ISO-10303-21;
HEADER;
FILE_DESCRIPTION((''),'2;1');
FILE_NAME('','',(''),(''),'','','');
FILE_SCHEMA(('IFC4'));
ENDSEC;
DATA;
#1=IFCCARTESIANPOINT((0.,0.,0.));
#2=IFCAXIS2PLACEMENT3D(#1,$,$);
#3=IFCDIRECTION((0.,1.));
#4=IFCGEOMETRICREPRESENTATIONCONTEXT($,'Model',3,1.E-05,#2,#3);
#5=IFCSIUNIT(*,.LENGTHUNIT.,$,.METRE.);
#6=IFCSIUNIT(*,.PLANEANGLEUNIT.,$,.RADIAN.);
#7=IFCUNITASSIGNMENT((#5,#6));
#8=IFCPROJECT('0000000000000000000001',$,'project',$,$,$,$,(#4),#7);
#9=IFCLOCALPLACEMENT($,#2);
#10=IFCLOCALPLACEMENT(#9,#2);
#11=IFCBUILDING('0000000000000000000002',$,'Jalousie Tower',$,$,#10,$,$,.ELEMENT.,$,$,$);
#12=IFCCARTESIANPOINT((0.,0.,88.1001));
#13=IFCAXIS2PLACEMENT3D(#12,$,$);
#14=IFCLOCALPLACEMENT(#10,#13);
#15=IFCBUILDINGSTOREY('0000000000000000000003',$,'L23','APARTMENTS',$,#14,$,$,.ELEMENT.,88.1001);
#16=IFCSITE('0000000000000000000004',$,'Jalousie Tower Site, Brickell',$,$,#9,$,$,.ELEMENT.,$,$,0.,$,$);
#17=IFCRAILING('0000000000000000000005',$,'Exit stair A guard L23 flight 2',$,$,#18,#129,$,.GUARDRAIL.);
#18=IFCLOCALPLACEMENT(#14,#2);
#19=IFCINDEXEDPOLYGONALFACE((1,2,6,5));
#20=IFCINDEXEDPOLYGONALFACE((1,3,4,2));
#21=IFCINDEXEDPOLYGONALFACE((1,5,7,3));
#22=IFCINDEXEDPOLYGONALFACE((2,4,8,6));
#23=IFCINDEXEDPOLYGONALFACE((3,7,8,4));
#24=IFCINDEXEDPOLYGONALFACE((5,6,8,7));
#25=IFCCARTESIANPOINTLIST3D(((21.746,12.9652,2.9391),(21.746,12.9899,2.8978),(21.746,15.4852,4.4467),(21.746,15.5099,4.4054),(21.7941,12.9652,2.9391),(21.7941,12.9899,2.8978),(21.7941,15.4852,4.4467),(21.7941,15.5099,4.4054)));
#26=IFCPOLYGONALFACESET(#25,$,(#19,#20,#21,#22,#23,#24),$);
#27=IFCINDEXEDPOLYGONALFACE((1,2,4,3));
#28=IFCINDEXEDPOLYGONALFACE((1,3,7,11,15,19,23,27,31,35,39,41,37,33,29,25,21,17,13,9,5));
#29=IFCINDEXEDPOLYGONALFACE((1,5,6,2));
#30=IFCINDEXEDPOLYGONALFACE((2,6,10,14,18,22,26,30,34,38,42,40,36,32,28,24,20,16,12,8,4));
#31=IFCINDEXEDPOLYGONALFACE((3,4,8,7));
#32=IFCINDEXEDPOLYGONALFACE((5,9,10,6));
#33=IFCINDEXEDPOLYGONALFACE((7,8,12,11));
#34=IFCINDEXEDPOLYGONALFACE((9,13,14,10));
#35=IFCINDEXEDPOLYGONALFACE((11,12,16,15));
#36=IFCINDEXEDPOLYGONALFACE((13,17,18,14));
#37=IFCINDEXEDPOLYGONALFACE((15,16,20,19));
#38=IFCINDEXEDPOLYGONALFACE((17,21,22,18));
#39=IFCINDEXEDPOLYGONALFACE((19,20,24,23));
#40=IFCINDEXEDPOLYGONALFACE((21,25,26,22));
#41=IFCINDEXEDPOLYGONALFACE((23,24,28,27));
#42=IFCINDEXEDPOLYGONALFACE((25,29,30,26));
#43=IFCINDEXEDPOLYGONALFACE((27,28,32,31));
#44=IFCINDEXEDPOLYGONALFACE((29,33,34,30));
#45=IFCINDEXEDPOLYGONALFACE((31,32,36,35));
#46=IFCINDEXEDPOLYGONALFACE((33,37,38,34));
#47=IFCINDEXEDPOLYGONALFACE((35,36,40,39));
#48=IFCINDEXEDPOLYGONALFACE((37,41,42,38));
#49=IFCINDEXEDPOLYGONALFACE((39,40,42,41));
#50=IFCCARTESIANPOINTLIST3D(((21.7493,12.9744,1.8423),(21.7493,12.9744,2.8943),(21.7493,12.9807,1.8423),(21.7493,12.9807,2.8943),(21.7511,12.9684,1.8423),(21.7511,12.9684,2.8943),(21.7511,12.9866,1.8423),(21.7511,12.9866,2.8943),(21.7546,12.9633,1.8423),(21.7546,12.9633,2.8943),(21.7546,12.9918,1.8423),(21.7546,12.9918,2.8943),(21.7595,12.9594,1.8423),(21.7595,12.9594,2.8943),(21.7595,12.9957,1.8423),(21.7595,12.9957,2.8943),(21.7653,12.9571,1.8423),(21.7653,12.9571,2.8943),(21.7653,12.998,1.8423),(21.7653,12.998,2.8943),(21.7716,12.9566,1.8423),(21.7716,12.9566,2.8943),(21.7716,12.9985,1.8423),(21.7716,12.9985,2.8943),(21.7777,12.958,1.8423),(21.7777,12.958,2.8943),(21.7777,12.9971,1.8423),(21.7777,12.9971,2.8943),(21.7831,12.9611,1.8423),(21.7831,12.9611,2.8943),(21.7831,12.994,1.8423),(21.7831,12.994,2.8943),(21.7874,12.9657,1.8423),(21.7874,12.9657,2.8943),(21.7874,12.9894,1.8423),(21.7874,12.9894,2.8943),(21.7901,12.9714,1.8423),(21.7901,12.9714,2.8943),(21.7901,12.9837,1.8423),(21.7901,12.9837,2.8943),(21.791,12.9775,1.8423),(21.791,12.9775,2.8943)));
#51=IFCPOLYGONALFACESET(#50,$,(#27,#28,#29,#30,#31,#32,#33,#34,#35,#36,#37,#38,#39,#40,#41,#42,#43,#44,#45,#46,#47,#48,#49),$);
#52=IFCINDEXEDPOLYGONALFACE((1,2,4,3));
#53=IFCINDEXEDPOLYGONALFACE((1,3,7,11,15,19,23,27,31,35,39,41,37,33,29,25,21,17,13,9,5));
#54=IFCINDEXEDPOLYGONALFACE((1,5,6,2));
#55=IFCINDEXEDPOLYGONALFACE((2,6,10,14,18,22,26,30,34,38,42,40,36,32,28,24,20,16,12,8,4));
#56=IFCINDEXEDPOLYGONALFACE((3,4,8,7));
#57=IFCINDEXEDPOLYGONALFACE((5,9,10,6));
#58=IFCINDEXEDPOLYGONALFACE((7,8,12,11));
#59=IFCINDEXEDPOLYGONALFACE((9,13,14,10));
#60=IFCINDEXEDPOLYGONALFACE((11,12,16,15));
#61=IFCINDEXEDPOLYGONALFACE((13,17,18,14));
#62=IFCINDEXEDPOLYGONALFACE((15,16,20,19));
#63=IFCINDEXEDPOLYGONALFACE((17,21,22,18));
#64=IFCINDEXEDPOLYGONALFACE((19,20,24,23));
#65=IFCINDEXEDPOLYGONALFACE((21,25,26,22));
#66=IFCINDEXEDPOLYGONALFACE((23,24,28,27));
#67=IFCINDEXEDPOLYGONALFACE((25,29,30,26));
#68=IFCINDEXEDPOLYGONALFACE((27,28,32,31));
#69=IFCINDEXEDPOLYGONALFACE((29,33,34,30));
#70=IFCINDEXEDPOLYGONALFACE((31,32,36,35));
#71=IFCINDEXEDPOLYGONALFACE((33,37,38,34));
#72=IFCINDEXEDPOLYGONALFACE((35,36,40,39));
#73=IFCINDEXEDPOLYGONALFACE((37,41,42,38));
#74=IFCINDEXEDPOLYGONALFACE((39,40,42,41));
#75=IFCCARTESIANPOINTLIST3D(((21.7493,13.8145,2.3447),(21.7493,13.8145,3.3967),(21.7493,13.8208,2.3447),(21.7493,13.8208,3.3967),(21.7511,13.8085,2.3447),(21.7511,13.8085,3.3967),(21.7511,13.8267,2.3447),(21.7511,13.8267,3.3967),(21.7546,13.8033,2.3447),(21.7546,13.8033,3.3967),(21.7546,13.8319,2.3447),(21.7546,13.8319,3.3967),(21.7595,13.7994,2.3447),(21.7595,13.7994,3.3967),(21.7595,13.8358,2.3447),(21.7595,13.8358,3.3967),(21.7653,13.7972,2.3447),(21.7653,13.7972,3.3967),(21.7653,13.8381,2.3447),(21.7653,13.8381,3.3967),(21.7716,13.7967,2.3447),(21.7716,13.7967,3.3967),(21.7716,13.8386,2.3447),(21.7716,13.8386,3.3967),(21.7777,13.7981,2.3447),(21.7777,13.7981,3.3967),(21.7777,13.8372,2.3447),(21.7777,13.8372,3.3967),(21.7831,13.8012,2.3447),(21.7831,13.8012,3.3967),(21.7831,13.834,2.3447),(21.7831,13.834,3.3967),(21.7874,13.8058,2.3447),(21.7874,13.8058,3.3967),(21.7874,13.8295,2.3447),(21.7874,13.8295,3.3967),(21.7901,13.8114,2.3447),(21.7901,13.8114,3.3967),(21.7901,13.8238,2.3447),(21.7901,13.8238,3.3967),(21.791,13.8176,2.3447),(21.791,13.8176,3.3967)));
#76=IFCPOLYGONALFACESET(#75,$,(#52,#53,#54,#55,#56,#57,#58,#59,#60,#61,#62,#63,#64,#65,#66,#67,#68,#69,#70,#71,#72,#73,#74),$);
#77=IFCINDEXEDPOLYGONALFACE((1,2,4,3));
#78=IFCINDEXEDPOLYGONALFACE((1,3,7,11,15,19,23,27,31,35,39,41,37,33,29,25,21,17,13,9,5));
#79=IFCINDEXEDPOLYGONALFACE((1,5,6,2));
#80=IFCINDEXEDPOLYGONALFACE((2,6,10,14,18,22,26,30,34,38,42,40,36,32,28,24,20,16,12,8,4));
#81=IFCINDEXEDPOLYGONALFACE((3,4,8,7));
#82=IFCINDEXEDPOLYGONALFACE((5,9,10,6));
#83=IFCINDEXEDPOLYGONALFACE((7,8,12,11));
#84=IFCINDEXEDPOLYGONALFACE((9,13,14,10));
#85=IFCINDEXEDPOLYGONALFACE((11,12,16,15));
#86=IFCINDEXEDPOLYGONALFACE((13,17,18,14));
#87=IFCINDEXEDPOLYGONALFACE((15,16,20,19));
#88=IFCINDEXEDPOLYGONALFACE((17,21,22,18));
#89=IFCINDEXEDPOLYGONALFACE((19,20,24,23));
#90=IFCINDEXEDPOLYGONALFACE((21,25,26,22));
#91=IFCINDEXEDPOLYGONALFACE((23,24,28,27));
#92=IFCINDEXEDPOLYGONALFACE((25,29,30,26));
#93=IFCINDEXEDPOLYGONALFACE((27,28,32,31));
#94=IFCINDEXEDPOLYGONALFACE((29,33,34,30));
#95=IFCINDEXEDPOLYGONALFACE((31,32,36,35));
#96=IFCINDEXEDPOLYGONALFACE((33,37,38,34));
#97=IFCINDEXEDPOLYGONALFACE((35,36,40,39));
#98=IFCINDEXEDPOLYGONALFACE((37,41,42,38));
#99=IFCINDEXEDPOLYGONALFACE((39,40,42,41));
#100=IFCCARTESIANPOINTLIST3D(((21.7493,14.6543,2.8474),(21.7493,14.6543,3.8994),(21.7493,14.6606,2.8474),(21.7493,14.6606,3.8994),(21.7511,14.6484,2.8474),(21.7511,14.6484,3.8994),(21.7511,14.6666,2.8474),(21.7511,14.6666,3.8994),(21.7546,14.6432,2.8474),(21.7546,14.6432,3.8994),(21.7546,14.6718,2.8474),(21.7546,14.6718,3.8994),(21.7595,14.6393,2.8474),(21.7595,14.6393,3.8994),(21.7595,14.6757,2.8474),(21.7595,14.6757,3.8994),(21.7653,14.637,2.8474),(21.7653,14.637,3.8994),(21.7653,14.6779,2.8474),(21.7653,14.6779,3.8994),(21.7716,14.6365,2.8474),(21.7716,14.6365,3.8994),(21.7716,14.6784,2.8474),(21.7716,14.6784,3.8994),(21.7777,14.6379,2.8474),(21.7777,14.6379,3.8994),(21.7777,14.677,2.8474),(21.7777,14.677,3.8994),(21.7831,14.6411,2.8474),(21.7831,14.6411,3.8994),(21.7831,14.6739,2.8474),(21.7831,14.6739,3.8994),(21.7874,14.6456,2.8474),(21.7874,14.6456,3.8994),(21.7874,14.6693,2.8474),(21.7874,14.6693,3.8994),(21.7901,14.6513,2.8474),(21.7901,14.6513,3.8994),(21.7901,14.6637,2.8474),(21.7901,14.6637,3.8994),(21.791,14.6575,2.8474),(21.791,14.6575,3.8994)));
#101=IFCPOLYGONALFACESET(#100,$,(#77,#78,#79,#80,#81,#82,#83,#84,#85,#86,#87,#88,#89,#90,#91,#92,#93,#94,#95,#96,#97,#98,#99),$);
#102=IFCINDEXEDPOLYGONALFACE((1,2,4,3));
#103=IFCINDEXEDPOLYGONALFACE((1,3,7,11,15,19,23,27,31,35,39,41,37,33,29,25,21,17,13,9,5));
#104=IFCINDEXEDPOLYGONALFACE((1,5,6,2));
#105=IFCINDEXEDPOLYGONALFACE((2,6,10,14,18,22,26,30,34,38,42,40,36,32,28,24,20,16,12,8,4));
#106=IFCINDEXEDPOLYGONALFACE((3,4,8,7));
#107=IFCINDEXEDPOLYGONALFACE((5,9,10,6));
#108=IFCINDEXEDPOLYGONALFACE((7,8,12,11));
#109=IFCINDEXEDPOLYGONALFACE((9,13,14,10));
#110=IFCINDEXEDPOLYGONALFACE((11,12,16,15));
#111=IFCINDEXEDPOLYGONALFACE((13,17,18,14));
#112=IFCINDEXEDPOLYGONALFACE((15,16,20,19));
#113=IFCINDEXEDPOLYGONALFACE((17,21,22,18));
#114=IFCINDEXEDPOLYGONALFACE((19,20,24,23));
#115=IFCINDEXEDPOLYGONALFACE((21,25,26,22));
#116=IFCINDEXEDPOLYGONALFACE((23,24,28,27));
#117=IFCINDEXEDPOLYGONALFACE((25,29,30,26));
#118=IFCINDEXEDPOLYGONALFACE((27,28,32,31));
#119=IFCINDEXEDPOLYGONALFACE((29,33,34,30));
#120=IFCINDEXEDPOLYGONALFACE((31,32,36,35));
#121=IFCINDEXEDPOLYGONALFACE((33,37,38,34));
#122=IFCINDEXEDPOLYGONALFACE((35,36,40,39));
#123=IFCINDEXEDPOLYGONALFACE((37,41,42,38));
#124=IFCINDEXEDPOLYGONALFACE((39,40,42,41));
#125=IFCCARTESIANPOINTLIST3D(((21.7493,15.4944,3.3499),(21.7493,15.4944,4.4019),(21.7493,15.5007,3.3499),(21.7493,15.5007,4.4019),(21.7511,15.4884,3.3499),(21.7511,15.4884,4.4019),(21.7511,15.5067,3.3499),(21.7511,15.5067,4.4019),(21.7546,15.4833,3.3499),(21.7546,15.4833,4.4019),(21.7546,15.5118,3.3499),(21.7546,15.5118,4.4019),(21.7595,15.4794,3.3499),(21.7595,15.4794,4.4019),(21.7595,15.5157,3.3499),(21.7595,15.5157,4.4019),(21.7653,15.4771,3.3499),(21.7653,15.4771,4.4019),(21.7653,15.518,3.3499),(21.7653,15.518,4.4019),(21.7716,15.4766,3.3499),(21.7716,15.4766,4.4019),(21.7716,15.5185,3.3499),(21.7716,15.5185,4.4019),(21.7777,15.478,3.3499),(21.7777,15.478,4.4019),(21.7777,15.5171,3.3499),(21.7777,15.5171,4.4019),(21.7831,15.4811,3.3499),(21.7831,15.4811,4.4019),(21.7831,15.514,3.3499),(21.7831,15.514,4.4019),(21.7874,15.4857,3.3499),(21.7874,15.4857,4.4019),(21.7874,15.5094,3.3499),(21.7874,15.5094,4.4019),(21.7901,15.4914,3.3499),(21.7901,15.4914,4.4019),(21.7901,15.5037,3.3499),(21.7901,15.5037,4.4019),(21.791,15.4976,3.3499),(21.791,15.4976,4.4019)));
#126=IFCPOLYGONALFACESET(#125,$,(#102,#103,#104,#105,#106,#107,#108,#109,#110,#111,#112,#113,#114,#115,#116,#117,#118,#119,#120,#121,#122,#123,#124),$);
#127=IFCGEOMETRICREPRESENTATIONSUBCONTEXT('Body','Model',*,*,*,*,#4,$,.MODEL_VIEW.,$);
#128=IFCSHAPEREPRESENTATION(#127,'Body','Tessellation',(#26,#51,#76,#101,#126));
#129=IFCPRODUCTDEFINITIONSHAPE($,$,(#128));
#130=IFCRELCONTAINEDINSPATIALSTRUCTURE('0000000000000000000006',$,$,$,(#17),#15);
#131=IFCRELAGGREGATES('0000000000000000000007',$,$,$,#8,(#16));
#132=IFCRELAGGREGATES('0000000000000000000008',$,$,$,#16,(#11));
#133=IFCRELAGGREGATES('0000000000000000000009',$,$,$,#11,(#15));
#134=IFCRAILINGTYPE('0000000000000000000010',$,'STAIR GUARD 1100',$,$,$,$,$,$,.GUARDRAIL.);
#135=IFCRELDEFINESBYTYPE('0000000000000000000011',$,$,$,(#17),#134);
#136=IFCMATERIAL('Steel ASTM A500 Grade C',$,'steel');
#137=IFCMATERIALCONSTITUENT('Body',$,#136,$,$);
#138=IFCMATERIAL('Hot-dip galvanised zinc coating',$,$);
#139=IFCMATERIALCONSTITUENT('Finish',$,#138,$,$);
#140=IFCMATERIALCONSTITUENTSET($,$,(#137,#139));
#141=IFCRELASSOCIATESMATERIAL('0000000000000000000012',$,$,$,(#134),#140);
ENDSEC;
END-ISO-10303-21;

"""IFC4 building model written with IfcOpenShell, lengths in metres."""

from ifc_helpers import new_model, si_unit, direction, frame, origin, origin_2d, place, context, subcontext, project, spatial, rectangle, circle, extrude, material, constituent, constituent_set, type_object, element, save


model = new_model("IFC4")

# Units and contexts
model_context = context("Model", 3, precision=1e-05, world=origin(), true_north=direction((0.0, 1.0)))
body_context = subcontext(model_context, "Body", "Model", "MODEL_VIEW")
ifc_project = project(units=[si_unit("LENGTHUNIT", "METRE"), si_unit("PLANEANGLEUNIT", "RADIAN")], contexts=[model_context])

# Site, building, storey
site_placement = place(None, origin())
site = spatial("IfcSite", under=ifc_project, at=site_placement, Name="Jalousie Tower Site, Brickell", CompositionType="ELEMENT", RefElevation=0.0)
building_placement = place(site_placement, origin())
building = spatial("IfcBuilding", under=site, at=building_placement, Name="Jalousie Tower", CompositionType="ELEMENT")
storey_placement = place(building_placement, frame((0.0, 0.0, 88.1001)))
storey = spatial("IfcBuildingStorey", under=building, at=storey_placement, Name="L23", Description="APARTMENTS", CompositionType="ELEMENT", Elevation=88.1001)

# Railing
ifc_material_1 = material(Name="Steel ASTM A500 Grade C", Category="steel")
ifc_constituent_1 = constituent(ifc_material_1, Name="Body")
ifc_material_2 = material(Name="Hot-dip galvanised zinc coating")
ifc_constituent_2 = constituent(ifc_material_2, Name="Finish")
ifc_constituent_set_1 = constituent_set(constituents=[ifc_constituent_1, ifc_constituent_2])
railing_type_1 = type_object("IfcRailingType", Name="STAIR GUARD 1100", PredefinedType="GUARDRAIL", material=ifc_constituent_set_1)
railing_1_placement = place(storey_placement, frame((21.77, 12.9775, 1.8423)))
element("IfcRailing", 1, at=railing_1_placement, inside=storey, type_object=railing_type_1, Name="Exit stair A guard L23 flight 2", PredefinedType="GUARDRAIL", context=body_context, shape_type="SweptSolid", body=[
    extrude(rectangle(XDim=0.0481, YDim=0.0481, at=origin_2d()), frame((0.0, 0.0, 1.0762), z_axis=(0.0, 0.85816, 0.513383), x_axis=(-1.0, 0.0, 0.0)), (0.0, 0.0, 1.0), 2.9365),
    extrude(circle(Radius=0.021, at=origin_2d()), origin(), (0.0, 0.0, 1.0), 1.052),
    extrude(circle(Radius=0.021, at=origin_2d()), frame((0.0, 0.8401, 0.5024)), (0.0, 0.0, 1.0), 1.052),
    extrude(circle(Radius=0.021, at=origin_2d()), frame((0.0, 1.6799, 1.0051)), (0.0, 0.0, 1.0), 1.052),
    extrude(circle(Radius=0.021, at=origin_2d()), frame((0.0, 2.52, 1.5076)), (0.0, 0.0, 1.0), 1.052),
])

save(model, "model.ifc")
